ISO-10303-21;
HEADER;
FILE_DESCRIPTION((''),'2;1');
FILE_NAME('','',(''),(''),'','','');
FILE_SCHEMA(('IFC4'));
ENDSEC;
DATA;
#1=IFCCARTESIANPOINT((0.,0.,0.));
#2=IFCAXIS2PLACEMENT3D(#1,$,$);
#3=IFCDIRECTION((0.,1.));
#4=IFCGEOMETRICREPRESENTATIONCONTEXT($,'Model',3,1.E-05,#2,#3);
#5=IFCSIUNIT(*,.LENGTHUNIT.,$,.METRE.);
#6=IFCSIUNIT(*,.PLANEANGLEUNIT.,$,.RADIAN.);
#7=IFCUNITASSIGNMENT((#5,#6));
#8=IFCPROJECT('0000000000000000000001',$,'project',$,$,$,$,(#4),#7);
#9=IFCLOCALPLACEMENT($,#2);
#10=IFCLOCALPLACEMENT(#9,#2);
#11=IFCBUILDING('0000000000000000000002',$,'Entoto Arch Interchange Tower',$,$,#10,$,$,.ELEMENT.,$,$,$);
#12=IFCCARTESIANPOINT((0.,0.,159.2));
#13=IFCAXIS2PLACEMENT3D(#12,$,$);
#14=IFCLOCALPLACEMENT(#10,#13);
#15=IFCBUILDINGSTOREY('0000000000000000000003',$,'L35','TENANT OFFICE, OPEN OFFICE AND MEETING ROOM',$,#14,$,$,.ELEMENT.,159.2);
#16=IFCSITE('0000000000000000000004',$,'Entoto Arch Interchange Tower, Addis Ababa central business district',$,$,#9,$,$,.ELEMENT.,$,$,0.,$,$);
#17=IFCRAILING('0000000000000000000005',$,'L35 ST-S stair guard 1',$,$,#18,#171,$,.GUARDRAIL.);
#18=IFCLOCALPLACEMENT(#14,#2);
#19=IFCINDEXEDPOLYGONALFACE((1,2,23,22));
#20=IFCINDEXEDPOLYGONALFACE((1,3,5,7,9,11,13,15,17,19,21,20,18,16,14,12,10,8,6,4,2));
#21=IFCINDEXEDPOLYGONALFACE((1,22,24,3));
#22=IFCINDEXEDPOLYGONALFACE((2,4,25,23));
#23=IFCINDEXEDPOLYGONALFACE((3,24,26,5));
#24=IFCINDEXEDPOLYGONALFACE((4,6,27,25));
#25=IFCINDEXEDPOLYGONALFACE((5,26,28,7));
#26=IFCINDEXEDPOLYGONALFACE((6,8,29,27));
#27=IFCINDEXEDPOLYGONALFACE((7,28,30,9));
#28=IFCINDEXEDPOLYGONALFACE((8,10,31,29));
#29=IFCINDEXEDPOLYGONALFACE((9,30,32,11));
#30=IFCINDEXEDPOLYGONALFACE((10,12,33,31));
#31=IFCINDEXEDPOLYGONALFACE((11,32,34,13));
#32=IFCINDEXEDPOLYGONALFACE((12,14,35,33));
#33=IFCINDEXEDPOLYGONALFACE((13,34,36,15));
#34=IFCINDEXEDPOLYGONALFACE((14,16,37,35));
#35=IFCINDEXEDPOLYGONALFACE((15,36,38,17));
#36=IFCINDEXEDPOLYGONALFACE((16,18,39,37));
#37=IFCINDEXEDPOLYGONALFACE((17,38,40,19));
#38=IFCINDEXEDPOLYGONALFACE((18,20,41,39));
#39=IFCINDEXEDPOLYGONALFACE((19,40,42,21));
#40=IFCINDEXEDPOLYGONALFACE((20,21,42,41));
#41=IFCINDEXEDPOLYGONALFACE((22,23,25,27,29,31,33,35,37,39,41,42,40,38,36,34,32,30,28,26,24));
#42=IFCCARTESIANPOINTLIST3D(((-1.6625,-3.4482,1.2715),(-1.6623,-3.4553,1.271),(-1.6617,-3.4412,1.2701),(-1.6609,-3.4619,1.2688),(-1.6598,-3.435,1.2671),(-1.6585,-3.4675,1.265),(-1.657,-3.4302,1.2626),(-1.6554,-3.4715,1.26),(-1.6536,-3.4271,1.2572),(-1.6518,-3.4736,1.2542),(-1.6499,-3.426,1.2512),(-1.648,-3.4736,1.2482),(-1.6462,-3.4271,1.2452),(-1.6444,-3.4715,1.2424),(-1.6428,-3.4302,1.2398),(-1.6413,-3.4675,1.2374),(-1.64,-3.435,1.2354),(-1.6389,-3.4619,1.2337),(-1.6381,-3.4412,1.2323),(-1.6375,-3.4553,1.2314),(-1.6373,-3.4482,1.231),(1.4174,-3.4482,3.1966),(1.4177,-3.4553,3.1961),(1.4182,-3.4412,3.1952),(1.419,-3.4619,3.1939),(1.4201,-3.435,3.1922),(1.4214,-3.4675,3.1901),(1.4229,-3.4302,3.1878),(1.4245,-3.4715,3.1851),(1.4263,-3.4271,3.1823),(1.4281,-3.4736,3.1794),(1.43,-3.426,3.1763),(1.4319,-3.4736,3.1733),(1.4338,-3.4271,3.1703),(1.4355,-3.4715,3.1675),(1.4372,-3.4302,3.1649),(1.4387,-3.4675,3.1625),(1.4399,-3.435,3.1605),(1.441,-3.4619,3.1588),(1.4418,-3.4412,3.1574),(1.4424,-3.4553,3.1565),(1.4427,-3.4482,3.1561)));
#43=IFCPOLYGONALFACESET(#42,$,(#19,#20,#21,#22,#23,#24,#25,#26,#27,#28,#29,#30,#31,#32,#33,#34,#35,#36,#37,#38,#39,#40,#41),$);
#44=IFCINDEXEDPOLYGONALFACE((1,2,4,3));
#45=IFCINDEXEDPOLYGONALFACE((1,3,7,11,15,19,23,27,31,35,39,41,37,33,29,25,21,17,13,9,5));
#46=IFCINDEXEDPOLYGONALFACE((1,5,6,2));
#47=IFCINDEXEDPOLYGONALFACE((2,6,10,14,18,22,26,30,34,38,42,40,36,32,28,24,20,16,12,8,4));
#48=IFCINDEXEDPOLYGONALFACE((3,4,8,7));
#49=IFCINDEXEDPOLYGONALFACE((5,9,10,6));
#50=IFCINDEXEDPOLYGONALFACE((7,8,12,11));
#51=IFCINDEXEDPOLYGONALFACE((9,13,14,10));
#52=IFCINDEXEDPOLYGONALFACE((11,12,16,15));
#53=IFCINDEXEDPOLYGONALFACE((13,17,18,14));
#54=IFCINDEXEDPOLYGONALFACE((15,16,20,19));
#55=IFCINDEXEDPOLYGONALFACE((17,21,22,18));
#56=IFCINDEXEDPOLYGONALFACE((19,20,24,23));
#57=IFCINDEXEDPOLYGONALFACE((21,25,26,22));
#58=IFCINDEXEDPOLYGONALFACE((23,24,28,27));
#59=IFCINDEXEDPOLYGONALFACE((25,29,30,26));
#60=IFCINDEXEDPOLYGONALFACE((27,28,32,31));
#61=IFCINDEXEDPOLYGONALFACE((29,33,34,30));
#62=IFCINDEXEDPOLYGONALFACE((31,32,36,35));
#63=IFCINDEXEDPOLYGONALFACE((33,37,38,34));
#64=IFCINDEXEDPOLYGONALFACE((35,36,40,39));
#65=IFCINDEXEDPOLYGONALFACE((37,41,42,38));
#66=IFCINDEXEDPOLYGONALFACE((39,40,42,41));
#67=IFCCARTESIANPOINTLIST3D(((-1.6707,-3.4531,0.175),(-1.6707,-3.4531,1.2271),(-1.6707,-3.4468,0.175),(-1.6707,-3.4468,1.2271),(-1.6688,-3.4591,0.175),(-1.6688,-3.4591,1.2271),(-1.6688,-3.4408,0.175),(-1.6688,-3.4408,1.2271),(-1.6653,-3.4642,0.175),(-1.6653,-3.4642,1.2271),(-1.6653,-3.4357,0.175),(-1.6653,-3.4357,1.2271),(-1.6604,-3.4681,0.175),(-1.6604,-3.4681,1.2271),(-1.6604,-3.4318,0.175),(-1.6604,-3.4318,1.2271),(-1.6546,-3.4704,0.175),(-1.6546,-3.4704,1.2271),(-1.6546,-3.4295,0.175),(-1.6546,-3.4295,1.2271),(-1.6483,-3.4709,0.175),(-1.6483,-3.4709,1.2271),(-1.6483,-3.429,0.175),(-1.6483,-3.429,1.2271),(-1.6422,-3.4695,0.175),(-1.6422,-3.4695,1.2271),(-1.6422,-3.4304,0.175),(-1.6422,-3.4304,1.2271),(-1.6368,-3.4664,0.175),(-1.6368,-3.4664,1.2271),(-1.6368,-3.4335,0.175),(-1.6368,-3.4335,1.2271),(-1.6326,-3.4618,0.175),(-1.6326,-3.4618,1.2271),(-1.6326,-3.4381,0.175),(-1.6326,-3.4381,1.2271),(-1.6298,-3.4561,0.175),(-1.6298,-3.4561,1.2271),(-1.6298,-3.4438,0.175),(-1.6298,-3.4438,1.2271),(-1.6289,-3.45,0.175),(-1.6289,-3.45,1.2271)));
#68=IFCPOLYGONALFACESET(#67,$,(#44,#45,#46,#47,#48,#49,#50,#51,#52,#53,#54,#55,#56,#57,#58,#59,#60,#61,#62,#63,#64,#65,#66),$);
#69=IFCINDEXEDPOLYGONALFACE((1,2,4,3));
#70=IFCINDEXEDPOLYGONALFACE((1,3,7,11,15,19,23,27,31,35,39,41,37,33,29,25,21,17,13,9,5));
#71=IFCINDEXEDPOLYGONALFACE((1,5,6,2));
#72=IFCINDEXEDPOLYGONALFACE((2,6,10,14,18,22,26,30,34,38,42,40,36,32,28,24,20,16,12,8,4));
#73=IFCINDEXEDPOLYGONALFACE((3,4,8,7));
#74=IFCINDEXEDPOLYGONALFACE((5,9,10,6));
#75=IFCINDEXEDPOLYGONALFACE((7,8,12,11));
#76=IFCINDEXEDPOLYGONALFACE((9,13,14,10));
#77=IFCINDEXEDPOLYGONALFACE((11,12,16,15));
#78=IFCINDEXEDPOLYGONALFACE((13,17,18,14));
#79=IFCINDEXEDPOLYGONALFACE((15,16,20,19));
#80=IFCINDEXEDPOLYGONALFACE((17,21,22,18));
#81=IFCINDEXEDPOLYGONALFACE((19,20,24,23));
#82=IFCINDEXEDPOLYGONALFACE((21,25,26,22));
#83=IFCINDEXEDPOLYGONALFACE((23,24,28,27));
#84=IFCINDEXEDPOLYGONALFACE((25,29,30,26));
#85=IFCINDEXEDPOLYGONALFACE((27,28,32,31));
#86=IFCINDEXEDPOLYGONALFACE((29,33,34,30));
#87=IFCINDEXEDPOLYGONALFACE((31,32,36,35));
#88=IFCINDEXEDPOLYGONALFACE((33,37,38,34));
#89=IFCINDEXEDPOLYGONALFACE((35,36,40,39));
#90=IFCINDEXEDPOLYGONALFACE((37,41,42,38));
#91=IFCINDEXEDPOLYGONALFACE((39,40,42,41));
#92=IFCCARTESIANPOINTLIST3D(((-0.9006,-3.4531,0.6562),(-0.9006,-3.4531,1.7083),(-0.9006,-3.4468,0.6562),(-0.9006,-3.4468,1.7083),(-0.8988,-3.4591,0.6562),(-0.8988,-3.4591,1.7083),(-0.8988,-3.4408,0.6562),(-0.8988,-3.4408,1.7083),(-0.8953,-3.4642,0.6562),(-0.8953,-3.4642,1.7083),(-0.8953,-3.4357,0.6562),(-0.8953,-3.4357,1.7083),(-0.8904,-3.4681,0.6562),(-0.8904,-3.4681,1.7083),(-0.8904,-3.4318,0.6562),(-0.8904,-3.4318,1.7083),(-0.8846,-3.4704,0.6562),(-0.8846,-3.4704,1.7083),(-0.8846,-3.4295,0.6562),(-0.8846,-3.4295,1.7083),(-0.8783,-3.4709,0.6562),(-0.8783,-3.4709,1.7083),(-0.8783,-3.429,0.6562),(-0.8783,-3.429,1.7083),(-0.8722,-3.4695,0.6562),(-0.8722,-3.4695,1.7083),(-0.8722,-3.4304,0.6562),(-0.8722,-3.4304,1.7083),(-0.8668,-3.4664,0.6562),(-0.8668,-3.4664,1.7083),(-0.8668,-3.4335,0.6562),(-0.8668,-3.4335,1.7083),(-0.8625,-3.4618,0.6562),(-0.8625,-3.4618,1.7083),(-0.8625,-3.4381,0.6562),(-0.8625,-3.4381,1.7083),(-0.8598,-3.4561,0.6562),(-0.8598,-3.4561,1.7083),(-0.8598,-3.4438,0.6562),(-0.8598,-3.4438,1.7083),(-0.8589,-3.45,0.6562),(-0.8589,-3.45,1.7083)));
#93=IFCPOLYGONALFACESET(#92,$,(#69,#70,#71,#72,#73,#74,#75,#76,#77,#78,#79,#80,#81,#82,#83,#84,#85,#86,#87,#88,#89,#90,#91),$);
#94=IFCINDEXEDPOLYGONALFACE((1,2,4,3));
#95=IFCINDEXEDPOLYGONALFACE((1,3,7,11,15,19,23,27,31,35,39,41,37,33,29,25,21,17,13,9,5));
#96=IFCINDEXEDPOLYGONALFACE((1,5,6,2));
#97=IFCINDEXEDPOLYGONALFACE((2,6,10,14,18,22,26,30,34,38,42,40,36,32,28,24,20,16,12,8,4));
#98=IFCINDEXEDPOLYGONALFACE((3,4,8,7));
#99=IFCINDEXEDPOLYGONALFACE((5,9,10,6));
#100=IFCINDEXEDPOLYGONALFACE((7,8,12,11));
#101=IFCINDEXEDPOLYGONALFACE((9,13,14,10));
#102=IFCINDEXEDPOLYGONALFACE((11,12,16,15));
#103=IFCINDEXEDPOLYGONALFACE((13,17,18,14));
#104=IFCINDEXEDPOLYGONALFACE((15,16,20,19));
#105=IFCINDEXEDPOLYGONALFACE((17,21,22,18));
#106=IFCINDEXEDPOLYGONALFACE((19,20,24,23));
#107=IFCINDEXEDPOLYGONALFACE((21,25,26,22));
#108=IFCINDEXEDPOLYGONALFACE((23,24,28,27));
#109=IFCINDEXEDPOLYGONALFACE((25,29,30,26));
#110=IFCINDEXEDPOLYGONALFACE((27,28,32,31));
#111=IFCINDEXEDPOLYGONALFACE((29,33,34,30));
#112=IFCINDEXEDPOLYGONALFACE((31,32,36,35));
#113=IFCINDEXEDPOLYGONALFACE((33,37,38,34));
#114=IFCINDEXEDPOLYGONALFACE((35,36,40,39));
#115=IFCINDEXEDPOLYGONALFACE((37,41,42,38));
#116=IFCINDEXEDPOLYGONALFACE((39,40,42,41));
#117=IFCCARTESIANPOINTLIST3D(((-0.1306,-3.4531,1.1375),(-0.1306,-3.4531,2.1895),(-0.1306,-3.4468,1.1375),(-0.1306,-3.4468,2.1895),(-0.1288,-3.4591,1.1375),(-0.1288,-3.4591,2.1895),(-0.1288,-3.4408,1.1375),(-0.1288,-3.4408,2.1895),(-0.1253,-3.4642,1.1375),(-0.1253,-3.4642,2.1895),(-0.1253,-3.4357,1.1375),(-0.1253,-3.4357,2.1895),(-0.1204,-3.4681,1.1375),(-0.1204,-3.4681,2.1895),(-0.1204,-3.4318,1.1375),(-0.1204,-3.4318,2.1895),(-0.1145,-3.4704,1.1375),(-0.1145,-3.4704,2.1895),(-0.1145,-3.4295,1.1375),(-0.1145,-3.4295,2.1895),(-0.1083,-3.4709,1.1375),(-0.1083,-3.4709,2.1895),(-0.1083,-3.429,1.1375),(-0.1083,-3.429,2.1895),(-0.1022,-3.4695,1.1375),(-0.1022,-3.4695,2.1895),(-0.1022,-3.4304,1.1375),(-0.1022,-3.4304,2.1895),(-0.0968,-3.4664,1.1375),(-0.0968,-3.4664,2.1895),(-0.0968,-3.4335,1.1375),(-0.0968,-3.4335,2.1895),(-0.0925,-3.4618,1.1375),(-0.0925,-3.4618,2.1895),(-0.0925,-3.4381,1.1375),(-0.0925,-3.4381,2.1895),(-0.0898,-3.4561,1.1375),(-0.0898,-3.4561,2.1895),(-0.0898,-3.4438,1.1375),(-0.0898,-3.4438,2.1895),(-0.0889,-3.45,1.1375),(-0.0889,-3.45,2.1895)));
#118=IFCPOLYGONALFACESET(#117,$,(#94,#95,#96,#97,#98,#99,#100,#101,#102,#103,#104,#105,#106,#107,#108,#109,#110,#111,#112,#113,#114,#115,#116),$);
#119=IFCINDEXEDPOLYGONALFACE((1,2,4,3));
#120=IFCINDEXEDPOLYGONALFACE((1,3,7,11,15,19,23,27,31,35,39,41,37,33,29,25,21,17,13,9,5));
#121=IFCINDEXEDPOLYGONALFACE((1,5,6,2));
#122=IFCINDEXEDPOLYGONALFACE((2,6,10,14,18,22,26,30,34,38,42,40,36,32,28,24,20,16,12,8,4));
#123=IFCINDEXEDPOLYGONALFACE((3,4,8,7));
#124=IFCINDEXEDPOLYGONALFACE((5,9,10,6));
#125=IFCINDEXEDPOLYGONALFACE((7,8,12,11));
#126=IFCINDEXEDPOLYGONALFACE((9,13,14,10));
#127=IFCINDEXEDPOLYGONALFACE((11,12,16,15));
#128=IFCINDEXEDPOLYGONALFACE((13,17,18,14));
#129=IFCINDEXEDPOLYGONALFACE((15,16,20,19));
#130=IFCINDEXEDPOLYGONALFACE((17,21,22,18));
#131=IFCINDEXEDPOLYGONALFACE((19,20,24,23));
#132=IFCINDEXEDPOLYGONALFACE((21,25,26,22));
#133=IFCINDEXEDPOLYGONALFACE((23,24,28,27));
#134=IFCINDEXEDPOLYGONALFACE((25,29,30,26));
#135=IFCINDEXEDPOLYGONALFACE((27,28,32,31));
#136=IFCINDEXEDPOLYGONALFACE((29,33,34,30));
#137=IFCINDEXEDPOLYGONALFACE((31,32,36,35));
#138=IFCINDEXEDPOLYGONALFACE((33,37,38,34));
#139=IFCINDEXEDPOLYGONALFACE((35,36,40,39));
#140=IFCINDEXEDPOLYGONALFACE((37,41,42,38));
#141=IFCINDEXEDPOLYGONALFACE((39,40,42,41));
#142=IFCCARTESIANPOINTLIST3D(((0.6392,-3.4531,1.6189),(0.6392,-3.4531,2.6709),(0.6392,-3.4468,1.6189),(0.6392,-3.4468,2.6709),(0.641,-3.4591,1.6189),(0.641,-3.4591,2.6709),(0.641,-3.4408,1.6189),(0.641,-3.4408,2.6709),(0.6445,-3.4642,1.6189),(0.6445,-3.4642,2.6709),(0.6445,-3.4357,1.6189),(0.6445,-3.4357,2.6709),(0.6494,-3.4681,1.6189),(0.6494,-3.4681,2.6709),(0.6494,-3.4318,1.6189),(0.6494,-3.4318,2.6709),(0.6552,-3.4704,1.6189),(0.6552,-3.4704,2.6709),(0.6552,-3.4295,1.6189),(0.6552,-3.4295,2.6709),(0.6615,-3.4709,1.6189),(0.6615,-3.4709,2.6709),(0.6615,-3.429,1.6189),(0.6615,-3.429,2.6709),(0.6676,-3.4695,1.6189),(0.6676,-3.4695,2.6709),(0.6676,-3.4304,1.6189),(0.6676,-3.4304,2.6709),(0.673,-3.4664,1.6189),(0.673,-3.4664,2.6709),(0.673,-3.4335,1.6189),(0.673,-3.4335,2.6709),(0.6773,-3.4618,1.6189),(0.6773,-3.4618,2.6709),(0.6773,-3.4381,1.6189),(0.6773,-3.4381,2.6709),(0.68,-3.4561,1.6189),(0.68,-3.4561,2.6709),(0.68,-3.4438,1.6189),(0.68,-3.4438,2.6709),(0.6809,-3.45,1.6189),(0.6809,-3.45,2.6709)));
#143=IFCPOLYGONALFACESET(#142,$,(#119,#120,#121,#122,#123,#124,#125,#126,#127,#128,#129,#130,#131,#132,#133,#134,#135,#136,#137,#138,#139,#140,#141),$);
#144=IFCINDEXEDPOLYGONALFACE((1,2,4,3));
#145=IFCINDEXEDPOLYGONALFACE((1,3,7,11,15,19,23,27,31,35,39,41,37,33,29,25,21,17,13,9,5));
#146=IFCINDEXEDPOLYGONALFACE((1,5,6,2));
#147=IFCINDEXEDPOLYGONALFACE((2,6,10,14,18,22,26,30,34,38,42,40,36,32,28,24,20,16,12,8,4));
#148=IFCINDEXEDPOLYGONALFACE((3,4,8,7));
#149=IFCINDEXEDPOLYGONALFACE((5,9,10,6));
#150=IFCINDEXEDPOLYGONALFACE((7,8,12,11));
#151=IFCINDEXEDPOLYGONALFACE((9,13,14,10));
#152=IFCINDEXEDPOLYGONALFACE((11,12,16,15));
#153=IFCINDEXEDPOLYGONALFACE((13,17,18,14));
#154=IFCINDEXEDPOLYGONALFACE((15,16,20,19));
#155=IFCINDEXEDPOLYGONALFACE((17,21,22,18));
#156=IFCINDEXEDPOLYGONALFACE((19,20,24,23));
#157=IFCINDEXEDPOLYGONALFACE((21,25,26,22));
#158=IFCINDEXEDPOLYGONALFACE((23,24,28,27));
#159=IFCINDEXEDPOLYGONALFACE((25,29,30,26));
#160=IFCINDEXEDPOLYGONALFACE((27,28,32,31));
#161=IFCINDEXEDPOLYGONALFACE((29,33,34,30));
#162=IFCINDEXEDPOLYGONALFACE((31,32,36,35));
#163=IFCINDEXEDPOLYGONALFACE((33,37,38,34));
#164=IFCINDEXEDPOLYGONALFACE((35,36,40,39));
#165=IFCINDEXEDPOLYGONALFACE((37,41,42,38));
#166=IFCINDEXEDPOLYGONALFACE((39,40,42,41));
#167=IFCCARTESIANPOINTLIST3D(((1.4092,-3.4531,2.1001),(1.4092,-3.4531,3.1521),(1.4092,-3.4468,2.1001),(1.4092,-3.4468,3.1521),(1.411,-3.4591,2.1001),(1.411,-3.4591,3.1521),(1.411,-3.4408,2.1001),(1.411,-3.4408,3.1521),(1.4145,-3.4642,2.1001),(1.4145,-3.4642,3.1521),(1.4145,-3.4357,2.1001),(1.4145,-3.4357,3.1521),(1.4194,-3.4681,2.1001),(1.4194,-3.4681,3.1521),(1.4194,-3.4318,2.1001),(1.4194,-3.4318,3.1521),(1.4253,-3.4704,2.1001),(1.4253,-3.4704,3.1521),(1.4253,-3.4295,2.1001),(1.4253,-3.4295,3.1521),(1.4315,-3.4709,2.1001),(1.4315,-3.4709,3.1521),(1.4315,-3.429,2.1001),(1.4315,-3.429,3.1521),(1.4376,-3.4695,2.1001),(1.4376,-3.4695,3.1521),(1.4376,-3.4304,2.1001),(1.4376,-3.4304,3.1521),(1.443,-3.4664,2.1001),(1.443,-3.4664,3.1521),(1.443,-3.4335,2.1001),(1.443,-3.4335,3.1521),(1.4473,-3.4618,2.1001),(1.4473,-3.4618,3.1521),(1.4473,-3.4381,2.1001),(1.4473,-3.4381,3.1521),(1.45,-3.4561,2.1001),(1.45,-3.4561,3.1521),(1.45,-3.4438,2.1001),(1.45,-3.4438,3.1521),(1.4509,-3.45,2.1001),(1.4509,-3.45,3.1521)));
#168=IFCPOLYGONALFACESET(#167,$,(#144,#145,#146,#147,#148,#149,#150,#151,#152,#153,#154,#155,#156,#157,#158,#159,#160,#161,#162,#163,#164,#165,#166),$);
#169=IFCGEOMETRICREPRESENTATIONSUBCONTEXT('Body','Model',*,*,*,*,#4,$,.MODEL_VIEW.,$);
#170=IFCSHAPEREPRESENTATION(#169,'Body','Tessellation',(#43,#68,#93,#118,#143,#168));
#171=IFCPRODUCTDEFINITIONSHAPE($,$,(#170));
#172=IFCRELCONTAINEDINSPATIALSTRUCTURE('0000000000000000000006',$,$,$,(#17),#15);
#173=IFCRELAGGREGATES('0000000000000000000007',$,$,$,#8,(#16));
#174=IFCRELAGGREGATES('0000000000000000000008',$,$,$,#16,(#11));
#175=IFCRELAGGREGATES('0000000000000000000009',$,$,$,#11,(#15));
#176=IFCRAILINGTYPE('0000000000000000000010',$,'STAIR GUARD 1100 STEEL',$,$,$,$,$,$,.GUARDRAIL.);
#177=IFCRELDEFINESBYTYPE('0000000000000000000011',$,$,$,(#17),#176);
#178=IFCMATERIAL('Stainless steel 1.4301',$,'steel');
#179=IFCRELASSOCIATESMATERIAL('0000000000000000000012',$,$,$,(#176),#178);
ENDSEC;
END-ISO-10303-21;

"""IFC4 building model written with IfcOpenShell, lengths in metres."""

from ifc_helpers import new_model, si_unit, direction, frame, origin, origin_2d, place, context, subcontext, project, spatial, circle, extrude, material, type_object, element, save


model = new_model("IFC4")

# Units and contexts
model_context = context("Model", 3, precision=1e-05, world=origin(), true_north=direction((0.0, 1.0)))
body_context = subcontext(model_context, "Body", "Model", "MODEL_VIEW")
ifc_project = project(units=[si_unit("LENGTHUNIT", "METRE"), si_unit("PLANEANGLEUNIT", "RADIAN")], contexts=[model_context])

# Site, building, storey
site_placement = place(None, origin())
site = spatial("IfcSite", under=ifc_project, at=site_placement, Name="Entoto Arch Interchange Tower, Addis Ababa central business district", CompositionType="ELEMENT", RefElevation=0.0)
building_placement = place(site_placement, origin())
building = spatial("IfcBuilding", under=site, at=building_placement, Name="Entoto Arch Interchange Tower", CompositionType="ELEMENT")
storey_placement = place(building_placement, frame((0.0, 0.0, 159.2)))
storey = spatial("IfcBuildingStorey", under=building, at=storey_placement, Name="L35", Description="TENANT OFFICE, OPEN OFFICE AND MEETING ROOM", CompositionType="ELEMENT", Elevation=159.2)

# Railing
ifc_material_1 = material(Name="Stainless steel 1.4301", Category="steel")
railing_type_1 = type_object("IfcRailingType", Name="STAIR GUARD 1100 STEEL", PredefinedType="GUARDRAIL", material=ifc_material_1)
railing_1_placement = place(storey_placement, frame((-1.6499, -3.45, 0.175)))
element("IfcRailing", 1, at=railing_1_placement, inside=storey, type_object=railing_type_1, Name="L35 ST-S stair guard 1", PredefinedType="GUARDRAIL", context=body_context, shape_type="SweptSolid", body=[
    extrude(circle(Radius=0.0239, at=origin_2d()), frame((0.0, 0.0, 1.0762), z_axis=(0.847979, 0.0, 0.530029), x_axis=(0.0, 1.0, 0.0)), (0.0, 0.0, 1.0), 3.6321),
    extrude(circle(Radius=0.021, at=origin_2d()), origin(), (0.0, 0.0, 1.0), 1.052),
    extrude(circle(Radius=0.021, at=origin_2d()), frame((0.77, 0.0, 0.4812)), (0.0, 0.0, 1.0), 1.052),
    extrude(circle(Radius=0.021, at=origin_2d()), frame((1.54, 0.0, 0.9624)), (0.0, 0.0, 1.0), 1.052),
    extrude(circle(Radius=0.021, at=origin_2d()), frame((2.3098, 0.0, 1.4438)), (0.0, 0.0, 1.0), 1.052),
    extrude(circle(Radius=0.021, at=origin_2d()), frame((3.0798, 0.0, 1.925)), (0.0, 0.0, 1.0), 1.052),
])

save(model, "model.ifc")
